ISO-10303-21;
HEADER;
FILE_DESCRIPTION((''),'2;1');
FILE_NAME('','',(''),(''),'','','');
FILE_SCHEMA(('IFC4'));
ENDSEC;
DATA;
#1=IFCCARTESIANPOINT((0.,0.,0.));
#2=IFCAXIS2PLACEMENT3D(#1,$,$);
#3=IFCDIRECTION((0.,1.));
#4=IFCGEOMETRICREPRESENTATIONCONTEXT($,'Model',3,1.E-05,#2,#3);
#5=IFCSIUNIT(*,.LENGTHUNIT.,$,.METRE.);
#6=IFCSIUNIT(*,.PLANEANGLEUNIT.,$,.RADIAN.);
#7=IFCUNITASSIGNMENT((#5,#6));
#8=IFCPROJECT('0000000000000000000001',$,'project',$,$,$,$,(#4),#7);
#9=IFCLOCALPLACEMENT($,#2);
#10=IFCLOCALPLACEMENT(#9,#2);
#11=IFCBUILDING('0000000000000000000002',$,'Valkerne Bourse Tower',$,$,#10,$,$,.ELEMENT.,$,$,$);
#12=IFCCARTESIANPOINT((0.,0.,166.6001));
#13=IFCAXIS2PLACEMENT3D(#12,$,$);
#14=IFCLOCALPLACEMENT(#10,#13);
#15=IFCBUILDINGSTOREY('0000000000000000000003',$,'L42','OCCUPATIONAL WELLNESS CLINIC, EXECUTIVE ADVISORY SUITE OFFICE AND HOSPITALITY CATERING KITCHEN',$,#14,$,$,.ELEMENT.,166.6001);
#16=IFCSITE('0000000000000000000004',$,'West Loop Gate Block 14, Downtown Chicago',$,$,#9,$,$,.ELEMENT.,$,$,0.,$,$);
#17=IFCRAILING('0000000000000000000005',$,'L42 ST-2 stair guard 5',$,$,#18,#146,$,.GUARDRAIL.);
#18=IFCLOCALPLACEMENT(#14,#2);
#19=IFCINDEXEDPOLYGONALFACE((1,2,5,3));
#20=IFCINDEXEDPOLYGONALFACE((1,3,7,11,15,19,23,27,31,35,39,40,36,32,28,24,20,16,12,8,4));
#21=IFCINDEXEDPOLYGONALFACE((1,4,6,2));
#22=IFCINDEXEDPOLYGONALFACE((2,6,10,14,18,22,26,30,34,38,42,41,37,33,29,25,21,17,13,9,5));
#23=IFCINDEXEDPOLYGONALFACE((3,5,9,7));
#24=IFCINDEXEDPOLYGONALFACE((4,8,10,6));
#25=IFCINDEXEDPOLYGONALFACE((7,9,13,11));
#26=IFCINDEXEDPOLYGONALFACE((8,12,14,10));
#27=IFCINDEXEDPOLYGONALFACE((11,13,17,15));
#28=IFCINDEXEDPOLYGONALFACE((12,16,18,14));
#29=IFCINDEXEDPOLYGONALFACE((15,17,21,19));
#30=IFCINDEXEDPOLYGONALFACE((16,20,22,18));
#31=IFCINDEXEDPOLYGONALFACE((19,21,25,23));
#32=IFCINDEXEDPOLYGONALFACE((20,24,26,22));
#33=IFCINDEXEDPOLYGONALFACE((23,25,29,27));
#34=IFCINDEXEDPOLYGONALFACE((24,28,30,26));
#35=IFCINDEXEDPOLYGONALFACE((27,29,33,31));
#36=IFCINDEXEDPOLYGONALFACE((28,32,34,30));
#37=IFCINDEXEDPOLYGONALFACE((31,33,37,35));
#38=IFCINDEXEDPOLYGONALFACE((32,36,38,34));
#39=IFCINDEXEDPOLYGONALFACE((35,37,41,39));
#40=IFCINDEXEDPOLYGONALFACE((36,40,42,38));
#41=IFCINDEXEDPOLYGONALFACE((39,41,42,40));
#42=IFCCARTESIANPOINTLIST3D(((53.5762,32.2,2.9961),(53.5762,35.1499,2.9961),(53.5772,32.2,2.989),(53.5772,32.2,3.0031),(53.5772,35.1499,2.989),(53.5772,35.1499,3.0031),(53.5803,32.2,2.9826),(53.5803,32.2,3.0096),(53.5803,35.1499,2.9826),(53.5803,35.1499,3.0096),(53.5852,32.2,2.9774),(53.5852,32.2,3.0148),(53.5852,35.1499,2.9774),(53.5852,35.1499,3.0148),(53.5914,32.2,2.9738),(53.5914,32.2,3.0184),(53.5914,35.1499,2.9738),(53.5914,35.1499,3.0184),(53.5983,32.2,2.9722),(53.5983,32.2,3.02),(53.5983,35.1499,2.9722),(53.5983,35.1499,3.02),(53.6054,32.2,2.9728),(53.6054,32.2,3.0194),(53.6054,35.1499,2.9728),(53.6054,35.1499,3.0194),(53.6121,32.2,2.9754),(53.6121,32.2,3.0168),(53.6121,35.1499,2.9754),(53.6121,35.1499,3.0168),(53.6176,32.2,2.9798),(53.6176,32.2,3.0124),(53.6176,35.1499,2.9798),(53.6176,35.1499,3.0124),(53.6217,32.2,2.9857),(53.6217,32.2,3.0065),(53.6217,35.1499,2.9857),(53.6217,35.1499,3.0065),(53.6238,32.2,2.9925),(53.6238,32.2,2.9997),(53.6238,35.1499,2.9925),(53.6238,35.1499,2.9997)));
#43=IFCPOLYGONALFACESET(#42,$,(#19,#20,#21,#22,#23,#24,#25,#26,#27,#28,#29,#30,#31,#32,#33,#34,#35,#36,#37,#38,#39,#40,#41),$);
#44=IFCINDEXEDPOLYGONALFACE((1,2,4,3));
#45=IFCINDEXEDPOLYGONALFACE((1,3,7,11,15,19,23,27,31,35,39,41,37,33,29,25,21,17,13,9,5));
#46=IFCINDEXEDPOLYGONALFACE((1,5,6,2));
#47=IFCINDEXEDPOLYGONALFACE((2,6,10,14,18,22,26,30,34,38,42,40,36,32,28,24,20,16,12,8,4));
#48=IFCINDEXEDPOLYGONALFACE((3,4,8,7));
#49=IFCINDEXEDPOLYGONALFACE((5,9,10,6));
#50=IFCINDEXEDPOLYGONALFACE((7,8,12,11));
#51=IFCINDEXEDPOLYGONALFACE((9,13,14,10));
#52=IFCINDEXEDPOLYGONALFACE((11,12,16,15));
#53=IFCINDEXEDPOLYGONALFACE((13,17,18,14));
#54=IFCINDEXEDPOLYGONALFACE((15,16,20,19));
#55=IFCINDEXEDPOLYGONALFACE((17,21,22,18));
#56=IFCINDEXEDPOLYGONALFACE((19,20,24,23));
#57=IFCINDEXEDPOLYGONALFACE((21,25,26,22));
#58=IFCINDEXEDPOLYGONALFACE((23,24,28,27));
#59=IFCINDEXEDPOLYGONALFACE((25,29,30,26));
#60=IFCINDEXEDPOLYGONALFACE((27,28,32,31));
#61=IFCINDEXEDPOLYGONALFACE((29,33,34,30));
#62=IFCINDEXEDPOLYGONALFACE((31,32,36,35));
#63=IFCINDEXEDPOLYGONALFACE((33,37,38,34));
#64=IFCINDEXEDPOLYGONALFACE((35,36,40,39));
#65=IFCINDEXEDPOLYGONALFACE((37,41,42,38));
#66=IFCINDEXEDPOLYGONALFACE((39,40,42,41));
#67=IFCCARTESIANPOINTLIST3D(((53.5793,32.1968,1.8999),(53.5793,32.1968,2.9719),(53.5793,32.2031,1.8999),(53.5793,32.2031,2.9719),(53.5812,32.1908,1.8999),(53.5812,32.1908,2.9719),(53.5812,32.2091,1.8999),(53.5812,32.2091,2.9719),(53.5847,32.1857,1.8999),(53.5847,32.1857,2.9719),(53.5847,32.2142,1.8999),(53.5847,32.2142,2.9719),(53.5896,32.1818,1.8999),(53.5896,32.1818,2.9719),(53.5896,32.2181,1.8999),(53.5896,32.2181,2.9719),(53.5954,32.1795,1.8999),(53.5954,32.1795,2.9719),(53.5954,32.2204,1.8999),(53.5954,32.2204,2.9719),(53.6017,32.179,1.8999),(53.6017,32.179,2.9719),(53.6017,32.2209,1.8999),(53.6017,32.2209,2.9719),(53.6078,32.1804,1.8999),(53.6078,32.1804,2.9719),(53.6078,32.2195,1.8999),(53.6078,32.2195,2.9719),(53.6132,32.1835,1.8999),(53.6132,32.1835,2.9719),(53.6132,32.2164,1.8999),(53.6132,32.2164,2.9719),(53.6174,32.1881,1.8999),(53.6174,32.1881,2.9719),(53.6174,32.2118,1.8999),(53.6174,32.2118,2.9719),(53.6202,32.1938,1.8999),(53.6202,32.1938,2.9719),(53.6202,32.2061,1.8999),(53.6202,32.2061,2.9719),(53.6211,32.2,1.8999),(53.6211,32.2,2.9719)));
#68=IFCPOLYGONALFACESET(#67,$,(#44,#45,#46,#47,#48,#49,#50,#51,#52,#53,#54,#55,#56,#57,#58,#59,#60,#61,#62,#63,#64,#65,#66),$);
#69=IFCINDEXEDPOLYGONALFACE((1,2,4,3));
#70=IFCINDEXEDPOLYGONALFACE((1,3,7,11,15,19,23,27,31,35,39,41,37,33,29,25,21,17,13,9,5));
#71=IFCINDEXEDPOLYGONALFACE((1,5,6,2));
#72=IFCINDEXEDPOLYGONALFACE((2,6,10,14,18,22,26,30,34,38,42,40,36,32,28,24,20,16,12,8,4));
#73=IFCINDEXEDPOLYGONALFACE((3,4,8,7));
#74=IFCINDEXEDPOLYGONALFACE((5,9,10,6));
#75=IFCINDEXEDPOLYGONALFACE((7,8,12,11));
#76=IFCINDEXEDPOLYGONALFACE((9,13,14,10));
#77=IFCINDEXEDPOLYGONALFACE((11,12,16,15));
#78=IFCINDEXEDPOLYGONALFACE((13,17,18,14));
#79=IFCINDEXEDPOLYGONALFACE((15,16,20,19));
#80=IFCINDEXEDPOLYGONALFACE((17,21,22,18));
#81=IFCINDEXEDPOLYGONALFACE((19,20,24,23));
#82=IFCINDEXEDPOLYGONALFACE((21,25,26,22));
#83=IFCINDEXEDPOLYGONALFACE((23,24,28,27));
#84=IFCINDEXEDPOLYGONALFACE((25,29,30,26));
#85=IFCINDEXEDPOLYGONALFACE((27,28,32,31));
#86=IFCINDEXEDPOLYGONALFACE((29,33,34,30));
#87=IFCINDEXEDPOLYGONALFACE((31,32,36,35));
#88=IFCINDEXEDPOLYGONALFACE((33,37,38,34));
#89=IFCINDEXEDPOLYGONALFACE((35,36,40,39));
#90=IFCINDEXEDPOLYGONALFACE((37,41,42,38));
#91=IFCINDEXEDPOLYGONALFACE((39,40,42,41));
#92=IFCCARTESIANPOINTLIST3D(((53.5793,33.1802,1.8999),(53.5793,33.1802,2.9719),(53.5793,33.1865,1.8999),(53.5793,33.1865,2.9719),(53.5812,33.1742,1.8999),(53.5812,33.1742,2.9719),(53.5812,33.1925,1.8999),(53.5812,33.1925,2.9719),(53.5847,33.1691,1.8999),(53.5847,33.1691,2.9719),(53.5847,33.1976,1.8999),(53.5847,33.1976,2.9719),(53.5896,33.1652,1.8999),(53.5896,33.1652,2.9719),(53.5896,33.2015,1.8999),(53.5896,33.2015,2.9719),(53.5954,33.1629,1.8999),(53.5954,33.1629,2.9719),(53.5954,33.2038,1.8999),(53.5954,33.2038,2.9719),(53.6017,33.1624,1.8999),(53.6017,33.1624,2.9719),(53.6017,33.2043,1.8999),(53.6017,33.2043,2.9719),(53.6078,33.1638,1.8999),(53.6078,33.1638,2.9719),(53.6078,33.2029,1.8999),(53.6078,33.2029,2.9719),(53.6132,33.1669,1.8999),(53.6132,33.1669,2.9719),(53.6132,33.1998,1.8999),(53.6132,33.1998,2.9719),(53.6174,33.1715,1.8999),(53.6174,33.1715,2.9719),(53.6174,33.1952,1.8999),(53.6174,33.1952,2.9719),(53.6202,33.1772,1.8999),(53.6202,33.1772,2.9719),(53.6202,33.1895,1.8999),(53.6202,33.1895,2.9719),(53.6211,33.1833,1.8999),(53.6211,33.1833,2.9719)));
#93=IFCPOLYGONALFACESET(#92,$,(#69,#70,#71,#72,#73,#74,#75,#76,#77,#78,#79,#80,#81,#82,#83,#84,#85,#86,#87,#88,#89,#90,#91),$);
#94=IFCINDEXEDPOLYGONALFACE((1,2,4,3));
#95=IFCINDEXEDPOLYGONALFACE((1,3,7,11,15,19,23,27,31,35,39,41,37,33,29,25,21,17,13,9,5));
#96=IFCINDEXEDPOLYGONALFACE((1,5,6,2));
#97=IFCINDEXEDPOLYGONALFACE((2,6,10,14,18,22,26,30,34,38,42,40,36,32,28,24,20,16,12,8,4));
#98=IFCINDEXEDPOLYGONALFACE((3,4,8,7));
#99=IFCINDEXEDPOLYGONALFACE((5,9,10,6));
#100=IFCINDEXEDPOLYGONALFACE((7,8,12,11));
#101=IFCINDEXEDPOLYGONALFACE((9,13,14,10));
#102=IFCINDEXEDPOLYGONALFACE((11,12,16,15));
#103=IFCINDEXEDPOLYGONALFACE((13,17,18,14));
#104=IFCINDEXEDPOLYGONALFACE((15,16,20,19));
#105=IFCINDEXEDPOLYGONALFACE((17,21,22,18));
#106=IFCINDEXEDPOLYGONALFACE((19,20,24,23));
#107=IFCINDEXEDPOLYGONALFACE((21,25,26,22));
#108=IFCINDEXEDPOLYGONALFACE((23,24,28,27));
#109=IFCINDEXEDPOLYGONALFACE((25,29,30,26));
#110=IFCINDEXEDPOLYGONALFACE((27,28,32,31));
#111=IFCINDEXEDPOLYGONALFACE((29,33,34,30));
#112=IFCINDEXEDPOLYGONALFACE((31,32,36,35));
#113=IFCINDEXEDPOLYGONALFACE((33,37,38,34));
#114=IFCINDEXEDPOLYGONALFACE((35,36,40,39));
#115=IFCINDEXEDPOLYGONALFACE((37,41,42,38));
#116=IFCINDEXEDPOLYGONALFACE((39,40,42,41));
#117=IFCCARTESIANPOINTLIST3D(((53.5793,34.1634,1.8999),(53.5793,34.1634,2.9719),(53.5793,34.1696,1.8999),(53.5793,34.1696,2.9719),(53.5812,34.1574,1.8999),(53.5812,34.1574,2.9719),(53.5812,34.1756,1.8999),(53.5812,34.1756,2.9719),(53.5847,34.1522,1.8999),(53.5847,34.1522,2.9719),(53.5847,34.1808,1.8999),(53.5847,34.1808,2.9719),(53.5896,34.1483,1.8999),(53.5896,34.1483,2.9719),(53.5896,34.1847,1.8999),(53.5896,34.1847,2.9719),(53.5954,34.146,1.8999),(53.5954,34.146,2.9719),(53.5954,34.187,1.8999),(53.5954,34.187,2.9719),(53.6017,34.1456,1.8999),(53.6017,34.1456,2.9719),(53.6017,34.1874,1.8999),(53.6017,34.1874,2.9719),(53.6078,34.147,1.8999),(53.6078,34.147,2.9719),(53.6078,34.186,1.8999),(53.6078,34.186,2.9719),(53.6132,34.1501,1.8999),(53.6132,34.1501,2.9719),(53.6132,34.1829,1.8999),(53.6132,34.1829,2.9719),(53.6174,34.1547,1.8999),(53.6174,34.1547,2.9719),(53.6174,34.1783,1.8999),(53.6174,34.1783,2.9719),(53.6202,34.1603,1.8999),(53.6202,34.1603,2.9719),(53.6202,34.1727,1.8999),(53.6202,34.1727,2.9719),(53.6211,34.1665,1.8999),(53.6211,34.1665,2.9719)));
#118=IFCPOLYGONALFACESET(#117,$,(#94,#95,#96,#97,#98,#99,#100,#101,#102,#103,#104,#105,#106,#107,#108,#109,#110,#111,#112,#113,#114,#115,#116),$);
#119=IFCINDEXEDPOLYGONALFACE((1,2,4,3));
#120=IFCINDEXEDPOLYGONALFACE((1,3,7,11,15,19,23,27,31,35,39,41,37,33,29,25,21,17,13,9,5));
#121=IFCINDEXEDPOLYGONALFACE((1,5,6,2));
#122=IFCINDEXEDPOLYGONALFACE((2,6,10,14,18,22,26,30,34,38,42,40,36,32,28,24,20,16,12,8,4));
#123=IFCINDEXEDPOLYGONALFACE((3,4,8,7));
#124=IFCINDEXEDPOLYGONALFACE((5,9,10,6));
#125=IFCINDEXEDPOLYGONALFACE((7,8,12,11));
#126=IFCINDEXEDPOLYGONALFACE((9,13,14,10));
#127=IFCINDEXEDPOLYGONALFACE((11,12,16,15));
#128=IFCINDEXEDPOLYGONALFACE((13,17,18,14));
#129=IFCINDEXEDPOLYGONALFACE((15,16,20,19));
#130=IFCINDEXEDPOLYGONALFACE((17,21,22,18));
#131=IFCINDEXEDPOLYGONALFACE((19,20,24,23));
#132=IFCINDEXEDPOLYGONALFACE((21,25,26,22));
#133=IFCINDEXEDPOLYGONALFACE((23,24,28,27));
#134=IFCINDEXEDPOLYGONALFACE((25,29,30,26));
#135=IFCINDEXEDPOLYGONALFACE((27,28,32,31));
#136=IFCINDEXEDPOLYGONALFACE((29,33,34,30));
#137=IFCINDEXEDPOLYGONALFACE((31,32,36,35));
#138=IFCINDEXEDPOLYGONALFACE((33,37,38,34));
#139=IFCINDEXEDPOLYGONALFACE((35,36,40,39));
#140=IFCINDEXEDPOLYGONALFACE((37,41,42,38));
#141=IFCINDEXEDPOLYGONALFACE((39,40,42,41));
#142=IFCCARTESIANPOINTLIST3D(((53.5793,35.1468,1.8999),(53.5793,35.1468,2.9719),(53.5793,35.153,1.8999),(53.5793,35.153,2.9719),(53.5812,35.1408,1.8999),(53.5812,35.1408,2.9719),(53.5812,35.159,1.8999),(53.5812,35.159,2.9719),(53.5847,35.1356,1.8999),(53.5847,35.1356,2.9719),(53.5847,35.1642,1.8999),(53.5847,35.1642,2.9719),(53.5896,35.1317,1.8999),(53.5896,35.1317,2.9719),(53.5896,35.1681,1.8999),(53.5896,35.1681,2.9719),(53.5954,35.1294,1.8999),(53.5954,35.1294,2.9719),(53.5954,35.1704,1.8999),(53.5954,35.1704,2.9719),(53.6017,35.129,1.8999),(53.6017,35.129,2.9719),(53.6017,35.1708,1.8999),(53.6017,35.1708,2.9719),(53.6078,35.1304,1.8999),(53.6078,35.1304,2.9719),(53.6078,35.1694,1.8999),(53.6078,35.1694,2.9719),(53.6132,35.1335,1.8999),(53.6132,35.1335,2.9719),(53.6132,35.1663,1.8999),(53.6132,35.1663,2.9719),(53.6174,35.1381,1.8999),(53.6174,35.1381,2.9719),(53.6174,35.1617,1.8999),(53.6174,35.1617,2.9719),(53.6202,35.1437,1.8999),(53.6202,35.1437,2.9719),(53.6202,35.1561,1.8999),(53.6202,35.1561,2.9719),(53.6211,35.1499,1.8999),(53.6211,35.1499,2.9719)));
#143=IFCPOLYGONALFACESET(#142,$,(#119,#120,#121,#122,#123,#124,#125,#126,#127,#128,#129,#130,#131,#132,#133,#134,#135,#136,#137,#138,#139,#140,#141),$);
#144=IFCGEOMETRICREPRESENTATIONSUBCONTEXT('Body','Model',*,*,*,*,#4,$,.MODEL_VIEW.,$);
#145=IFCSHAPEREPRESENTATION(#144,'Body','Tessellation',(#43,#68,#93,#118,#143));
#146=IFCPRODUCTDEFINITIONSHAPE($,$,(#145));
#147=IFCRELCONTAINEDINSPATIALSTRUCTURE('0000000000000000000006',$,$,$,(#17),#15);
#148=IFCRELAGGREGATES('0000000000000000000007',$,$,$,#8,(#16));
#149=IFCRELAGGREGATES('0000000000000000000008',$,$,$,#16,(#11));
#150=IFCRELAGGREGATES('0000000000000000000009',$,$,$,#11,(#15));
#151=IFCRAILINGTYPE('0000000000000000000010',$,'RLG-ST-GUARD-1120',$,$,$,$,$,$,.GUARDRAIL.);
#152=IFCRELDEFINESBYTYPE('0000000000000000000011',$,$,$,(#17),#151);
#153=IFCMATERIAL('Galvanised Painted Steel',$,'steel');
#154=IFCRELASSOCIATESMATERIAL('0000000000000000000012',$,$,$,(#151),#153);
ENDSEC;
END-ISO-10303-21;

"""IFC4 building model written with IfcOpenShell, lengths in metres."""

from ifc_helpers import new_model, si_unit, direction, frame, origin, origin_2d, place, context, subcontext, project, spatial, circle, extrude, material, type_object, element, save


model = new_model("IFC4")

# Units and contexts
model_context = context("Model", 3, precision=1e-05, world=origin(), true_north=direction((0.0, 1.0)))
body_context = subcontext(model_context, "Body", "Model", "MODEL_VIEW")
ifc_project = project(units=[si_unit("LENGTHUNIT", "METRE"), si_unit("PLANEANGLEUNIT", "RADIAN")], contexts=[model_context])

# Site, building, storey
site_placement = place(None, origin())
site = spatial("IfcSite", under=ifc_project, at=site_placement, Name="West Loop Gate Block 14, Downtown Chicago", CompositionType="ELEMENT", RefElevation=0.0)
building_placement = place(site_placement, origin())
building = spatial("IfcBuilding", under=site, at=building_placement, Name="Valkerne Bourse Tower", CompositionType="ELEMENT")
storey_placement = place(building_placement, frame((0.0, 0.0, 166.6001)))
storey = spatial("IfcBuildingStorey", under=building, at=storey_placement, Name="L42", Description="OCCUPATIONAL WELLNESS CLINIC, EXECUTIVE ADVISORY SUITE OFFICE AND HOSPITALITY CATERING KITCHEN", CompositionType="ELEMENT", Elevation=166.6001)

# Railing
ifc_material_1 = material(Name="Galvanised Painted Steel", Category="steel")
railing_type = type_object("IfcRailingType", Name="RLG-ST-GUARD-1120", PredefinedType="GUARDRAIL", material=ifc_material_1)
railing_1_placement = place(storey_placement, frame((53.6001, 32.2, 1.8999)))
element("IfcRailing", 1, at=railing_1_placement, inside=storey, type_object=railing_type, Name="L42 ST-2 stair guard 5", PredefinedType="GUARDRAIL", context=body_context, shape_type="SweptSolid", body=[
    extrude(circle(Radius=0.0239, at=origin_2d()), frame((0.0, 0.0, 1.0962), z_axis=(0.0, 1.0, 0.0), x_axis=(-1.0, 0.0, 0.0)), (0.0, 0.0, 1.0), 2.95),
    extrude(circle(Radius=0.021, at=origin_2d()), origin(), (0.0, 0.0, 1.0), 1.072),
    extrude(circle(Radius=0.021, at=origin_2d()), frame((0.0, 0.9834, 0.0)), (0.0, 0.0, 1.0), 1.072),
    extrude(circle(Radius=0.021, at=origin_2d()), frame((0.0, 1.9666, 0.0)), (0.0, 0.0, 1.0), 1.072),
    extrude(circle(Radius=0.021, at=origin_2d()), frame((0.0, 2.95, 0.0)), (0.0, 0.0, 1.0), 1.072),
])

save(model, "model.ifc")
